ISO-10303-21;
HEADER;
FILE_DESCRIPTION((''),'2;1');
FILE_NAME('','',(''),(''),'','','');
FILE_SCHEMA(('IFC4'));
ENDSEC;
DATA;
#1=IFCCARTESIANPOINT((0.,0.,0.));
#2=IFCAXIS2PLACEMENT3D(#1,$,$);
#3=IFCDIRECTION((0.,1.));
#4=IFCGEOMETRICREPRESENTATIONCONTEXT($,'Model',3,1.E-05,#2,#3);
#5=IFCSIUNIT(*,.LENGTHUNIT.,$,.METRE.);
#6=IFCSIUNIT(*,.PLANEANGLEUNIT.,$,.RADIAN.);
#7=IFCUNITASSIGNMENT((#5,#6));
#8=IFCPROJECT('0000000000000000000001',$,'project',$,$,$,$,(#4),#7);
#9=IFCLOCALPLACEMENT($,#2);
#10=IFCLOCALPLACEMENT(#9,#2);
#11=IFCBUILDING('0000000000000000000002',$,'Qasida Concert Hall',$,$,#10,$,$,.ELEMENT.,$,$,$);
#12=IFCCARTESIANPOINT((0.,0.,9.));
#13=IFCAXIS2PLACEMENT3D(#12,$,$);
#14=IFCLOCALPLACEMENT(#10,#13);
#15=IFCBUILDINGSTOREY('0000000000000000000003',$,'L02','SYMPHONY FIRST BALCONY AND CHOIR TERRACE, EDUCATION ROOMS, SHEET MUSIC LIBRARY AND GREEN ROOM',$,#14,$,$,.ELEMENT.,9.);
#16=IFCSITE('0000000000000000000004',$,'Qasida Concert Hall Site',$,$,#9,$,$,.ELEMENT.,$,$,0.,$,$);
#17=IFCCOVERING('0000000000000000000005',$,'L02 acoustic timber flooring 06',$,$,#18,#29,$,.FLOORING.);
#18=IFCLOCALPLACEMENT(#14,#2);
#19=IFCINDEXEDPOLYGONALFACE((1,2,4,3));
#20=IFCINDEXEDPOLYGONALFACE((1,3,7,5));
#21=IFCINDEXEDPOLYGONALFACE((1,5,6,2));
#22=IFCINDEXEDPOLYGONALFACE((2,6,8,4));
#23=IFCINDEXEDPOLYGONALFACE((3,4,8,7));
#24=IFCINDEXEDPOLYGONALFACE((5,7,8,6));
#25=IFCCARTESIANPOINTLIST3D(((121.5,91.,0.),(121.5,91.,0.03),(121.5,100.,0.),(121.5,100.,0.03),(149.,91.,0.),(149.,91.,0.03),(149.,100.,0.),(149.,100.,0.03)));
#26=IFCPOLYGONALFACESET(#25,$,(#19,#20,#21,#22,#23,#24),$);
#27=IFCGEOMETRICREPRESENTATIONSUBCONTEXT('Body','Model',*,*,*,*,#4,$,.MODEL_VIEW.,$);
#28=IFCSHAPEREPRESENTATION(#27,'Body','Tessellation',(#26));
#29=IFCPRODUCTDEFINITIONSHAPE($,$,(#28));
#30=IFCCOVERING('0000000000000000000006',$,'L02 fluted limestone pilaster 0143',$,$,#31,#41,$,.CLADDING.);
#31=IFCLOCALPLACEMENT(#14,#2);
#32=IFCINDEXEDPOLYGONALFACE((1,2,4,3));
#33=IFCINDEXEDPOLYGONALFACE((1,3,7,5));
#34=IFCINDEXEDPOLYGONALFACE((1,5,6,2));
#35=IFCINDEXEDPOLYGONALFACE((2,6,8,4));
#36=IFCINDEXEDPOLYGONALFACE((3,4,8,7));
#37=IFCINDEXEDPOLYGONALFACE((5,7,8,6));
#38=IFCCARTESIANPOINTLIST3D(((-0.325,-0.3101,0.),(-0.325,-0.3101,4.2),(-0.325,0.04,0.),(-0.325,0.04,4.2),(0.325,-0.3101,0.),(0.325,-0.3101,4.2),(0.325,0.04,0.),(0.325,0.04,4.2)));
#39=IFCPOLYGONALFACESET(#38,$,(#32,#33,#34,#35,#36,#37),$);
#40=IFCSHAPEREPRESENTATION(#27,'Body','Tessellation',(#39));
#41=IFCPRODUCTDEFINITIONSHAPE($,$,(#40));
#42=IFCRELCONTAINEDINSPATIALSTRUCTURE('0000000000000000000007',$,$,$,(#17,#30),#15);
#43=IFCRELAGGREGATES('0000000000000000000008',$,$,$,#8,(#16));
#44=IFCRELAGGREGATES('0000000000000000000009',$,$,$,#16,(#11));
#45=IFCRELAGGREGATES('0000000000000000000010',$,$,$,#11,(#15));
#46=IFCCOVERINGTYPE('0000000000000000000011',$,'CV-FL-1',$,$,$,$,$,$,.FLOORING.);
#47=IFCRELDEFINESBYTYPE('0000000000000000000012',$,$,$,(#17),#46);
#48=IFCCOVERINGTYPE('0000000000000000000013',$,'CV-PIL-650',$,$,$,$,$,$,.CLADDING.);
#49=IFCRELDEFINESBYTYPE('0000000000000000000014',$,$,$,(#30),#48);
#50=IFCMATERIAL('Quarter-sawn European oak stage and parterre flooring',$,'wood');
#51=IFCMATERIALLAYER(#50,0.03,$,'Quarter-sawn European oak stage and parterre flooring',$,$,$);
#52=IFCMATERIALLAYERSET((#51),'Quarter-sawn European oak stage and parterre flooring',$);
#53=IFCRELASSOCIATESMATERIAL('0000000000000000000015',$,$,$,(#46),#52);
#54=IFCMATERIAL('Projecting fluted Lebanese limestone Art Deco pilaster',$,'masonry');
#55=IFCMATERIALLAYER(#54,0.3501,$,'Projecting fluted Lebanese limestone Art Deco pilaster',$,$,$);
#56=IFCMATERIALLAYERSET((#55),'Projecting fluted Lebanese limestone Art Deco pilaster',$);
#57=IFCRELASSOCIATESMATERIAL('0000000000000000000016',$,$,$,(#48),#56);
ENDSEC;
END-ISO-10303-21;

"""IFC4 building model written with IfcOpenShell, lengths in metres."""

from ifc_helpers import new_model, si_unit, direction, frame, origin, origin_2d, place, context, subcontext, project, spatial, polyline, rectangle, outline, extrude, material, layer, layer_set, type_object, element, save


model = new_model("IFC4")

# Units and contexts
model_context = context("Model", 3, precision=1e-05, world=origin(), true_north=direction((0.0, 1.0)))
body_context = subcontext(model_context, "Body", "Model", "MODEL_VIEW")
ifc_project = project(units=[si_unit("LENGTHUNIT", "METRE"), si_unit("PLANEANGLEUNIT", "RADIAN")], contexts=[model_context])

# Site, building, storey
site_placement = place(None, origin())
site = spatial("IfcSite", under=ifc_project, at=site_placement, Name="Qasida Concert Hall Site", CompositionType="ELEMENT", RefElevation=0.0)
building_placement = place(site_placement, origin())
building = spatial("IfcBuilding", under=site, at=building_placement, Name="Qasida Concert Hall", CompositionType="ELEMENT")
storey_placement = place(building_placement, frame((0.0, 0.0, 9.0)))
storey = spatial("IfcBuildingStorey", under=building, at=storey_placement, Name="L02", Description="SYMPHONY FIRST BALCONY AND CHOIR TERRACE, EDUCATION ROOMS, SHEET MUSIC LIBRARY AND GREEN ROOM", CompositionType="ELEMENT", Elevation=9.0)

# Coverings
ifc_material_1 = material(Name="Quarter-sawn European oak stage and parterre flooring", Category="wood")
ifc_layer_1 = layer(ifc_material_1, 0.03, Name="Quarter-sawn European oak stage and parterre flooring")
ifc_layer_set_1 = layer_set([ifc_layer_1], Name="Quarter-sawn European oak stage and parterre flooring")
covering_type_1 = type_object("IfcCoveringType", Name="CV-FL-1", PredefinedType="FLOORING", material=ifc_layer_set_1)
covering_1_placement = place(storey_placement, origin())
element("IfcCovering", 1, at=covering_1_placement, inside=storey, type_object=covering_type_1, Name="L02 acoustic timber flooring 06", PredefinedType="FLOORING", context=body_context, shape_type="SweptSolid", body=[
    extrude(outline(polyline([(121.5, 91.0), (149.0, 91.0), (149.0, 100.0), (121.5, 100.0), (121.5, 91.0)])), origin(), (0.0, 0.0, 1.0), 0.03),
])
ifc_material_2 = material(Name="Projecting fluted Lebanese limestone Art Deco pilaster", Category="masonry")
ifc_layer_2 = layer(ifc_material_2, 0.3501, Name="Projecting fluted Lebanese limestone Art Deco pilaster")
ifc_layer_set_2 = layer_set([ifc_layer_2], Name="Projecting fluted Lebanese limestone Art Deco pilaster")
covering_type_2 = type_object("IfcCoveringType", Name="CV-PIL-650", PredefinedType="CLADDING", material=ifc_layer_set_2)
covering_2_placement = place(storey_placement, frame((0.0, -0.135, 0.0), z_axis=(0.0, 0.0, 1.0), x_axis=(1.0, 0.0, 0.0)))
element("IfcCovering", 2, at=covering_2_placement, inside=storey, type_object=covering_type_2, Name="L02 fluted limestone pilaster 0143", PredefinedType="CLADDING", context=body_context, shape_type="SweptSolid", body=[
    extrude(rectangle(XDim=0.6499, YDim=0.3501, at=origin_2d()), origin(), (0.0, 0.0, 1.0), 4.2),
])

save(model, "model.ifc")
